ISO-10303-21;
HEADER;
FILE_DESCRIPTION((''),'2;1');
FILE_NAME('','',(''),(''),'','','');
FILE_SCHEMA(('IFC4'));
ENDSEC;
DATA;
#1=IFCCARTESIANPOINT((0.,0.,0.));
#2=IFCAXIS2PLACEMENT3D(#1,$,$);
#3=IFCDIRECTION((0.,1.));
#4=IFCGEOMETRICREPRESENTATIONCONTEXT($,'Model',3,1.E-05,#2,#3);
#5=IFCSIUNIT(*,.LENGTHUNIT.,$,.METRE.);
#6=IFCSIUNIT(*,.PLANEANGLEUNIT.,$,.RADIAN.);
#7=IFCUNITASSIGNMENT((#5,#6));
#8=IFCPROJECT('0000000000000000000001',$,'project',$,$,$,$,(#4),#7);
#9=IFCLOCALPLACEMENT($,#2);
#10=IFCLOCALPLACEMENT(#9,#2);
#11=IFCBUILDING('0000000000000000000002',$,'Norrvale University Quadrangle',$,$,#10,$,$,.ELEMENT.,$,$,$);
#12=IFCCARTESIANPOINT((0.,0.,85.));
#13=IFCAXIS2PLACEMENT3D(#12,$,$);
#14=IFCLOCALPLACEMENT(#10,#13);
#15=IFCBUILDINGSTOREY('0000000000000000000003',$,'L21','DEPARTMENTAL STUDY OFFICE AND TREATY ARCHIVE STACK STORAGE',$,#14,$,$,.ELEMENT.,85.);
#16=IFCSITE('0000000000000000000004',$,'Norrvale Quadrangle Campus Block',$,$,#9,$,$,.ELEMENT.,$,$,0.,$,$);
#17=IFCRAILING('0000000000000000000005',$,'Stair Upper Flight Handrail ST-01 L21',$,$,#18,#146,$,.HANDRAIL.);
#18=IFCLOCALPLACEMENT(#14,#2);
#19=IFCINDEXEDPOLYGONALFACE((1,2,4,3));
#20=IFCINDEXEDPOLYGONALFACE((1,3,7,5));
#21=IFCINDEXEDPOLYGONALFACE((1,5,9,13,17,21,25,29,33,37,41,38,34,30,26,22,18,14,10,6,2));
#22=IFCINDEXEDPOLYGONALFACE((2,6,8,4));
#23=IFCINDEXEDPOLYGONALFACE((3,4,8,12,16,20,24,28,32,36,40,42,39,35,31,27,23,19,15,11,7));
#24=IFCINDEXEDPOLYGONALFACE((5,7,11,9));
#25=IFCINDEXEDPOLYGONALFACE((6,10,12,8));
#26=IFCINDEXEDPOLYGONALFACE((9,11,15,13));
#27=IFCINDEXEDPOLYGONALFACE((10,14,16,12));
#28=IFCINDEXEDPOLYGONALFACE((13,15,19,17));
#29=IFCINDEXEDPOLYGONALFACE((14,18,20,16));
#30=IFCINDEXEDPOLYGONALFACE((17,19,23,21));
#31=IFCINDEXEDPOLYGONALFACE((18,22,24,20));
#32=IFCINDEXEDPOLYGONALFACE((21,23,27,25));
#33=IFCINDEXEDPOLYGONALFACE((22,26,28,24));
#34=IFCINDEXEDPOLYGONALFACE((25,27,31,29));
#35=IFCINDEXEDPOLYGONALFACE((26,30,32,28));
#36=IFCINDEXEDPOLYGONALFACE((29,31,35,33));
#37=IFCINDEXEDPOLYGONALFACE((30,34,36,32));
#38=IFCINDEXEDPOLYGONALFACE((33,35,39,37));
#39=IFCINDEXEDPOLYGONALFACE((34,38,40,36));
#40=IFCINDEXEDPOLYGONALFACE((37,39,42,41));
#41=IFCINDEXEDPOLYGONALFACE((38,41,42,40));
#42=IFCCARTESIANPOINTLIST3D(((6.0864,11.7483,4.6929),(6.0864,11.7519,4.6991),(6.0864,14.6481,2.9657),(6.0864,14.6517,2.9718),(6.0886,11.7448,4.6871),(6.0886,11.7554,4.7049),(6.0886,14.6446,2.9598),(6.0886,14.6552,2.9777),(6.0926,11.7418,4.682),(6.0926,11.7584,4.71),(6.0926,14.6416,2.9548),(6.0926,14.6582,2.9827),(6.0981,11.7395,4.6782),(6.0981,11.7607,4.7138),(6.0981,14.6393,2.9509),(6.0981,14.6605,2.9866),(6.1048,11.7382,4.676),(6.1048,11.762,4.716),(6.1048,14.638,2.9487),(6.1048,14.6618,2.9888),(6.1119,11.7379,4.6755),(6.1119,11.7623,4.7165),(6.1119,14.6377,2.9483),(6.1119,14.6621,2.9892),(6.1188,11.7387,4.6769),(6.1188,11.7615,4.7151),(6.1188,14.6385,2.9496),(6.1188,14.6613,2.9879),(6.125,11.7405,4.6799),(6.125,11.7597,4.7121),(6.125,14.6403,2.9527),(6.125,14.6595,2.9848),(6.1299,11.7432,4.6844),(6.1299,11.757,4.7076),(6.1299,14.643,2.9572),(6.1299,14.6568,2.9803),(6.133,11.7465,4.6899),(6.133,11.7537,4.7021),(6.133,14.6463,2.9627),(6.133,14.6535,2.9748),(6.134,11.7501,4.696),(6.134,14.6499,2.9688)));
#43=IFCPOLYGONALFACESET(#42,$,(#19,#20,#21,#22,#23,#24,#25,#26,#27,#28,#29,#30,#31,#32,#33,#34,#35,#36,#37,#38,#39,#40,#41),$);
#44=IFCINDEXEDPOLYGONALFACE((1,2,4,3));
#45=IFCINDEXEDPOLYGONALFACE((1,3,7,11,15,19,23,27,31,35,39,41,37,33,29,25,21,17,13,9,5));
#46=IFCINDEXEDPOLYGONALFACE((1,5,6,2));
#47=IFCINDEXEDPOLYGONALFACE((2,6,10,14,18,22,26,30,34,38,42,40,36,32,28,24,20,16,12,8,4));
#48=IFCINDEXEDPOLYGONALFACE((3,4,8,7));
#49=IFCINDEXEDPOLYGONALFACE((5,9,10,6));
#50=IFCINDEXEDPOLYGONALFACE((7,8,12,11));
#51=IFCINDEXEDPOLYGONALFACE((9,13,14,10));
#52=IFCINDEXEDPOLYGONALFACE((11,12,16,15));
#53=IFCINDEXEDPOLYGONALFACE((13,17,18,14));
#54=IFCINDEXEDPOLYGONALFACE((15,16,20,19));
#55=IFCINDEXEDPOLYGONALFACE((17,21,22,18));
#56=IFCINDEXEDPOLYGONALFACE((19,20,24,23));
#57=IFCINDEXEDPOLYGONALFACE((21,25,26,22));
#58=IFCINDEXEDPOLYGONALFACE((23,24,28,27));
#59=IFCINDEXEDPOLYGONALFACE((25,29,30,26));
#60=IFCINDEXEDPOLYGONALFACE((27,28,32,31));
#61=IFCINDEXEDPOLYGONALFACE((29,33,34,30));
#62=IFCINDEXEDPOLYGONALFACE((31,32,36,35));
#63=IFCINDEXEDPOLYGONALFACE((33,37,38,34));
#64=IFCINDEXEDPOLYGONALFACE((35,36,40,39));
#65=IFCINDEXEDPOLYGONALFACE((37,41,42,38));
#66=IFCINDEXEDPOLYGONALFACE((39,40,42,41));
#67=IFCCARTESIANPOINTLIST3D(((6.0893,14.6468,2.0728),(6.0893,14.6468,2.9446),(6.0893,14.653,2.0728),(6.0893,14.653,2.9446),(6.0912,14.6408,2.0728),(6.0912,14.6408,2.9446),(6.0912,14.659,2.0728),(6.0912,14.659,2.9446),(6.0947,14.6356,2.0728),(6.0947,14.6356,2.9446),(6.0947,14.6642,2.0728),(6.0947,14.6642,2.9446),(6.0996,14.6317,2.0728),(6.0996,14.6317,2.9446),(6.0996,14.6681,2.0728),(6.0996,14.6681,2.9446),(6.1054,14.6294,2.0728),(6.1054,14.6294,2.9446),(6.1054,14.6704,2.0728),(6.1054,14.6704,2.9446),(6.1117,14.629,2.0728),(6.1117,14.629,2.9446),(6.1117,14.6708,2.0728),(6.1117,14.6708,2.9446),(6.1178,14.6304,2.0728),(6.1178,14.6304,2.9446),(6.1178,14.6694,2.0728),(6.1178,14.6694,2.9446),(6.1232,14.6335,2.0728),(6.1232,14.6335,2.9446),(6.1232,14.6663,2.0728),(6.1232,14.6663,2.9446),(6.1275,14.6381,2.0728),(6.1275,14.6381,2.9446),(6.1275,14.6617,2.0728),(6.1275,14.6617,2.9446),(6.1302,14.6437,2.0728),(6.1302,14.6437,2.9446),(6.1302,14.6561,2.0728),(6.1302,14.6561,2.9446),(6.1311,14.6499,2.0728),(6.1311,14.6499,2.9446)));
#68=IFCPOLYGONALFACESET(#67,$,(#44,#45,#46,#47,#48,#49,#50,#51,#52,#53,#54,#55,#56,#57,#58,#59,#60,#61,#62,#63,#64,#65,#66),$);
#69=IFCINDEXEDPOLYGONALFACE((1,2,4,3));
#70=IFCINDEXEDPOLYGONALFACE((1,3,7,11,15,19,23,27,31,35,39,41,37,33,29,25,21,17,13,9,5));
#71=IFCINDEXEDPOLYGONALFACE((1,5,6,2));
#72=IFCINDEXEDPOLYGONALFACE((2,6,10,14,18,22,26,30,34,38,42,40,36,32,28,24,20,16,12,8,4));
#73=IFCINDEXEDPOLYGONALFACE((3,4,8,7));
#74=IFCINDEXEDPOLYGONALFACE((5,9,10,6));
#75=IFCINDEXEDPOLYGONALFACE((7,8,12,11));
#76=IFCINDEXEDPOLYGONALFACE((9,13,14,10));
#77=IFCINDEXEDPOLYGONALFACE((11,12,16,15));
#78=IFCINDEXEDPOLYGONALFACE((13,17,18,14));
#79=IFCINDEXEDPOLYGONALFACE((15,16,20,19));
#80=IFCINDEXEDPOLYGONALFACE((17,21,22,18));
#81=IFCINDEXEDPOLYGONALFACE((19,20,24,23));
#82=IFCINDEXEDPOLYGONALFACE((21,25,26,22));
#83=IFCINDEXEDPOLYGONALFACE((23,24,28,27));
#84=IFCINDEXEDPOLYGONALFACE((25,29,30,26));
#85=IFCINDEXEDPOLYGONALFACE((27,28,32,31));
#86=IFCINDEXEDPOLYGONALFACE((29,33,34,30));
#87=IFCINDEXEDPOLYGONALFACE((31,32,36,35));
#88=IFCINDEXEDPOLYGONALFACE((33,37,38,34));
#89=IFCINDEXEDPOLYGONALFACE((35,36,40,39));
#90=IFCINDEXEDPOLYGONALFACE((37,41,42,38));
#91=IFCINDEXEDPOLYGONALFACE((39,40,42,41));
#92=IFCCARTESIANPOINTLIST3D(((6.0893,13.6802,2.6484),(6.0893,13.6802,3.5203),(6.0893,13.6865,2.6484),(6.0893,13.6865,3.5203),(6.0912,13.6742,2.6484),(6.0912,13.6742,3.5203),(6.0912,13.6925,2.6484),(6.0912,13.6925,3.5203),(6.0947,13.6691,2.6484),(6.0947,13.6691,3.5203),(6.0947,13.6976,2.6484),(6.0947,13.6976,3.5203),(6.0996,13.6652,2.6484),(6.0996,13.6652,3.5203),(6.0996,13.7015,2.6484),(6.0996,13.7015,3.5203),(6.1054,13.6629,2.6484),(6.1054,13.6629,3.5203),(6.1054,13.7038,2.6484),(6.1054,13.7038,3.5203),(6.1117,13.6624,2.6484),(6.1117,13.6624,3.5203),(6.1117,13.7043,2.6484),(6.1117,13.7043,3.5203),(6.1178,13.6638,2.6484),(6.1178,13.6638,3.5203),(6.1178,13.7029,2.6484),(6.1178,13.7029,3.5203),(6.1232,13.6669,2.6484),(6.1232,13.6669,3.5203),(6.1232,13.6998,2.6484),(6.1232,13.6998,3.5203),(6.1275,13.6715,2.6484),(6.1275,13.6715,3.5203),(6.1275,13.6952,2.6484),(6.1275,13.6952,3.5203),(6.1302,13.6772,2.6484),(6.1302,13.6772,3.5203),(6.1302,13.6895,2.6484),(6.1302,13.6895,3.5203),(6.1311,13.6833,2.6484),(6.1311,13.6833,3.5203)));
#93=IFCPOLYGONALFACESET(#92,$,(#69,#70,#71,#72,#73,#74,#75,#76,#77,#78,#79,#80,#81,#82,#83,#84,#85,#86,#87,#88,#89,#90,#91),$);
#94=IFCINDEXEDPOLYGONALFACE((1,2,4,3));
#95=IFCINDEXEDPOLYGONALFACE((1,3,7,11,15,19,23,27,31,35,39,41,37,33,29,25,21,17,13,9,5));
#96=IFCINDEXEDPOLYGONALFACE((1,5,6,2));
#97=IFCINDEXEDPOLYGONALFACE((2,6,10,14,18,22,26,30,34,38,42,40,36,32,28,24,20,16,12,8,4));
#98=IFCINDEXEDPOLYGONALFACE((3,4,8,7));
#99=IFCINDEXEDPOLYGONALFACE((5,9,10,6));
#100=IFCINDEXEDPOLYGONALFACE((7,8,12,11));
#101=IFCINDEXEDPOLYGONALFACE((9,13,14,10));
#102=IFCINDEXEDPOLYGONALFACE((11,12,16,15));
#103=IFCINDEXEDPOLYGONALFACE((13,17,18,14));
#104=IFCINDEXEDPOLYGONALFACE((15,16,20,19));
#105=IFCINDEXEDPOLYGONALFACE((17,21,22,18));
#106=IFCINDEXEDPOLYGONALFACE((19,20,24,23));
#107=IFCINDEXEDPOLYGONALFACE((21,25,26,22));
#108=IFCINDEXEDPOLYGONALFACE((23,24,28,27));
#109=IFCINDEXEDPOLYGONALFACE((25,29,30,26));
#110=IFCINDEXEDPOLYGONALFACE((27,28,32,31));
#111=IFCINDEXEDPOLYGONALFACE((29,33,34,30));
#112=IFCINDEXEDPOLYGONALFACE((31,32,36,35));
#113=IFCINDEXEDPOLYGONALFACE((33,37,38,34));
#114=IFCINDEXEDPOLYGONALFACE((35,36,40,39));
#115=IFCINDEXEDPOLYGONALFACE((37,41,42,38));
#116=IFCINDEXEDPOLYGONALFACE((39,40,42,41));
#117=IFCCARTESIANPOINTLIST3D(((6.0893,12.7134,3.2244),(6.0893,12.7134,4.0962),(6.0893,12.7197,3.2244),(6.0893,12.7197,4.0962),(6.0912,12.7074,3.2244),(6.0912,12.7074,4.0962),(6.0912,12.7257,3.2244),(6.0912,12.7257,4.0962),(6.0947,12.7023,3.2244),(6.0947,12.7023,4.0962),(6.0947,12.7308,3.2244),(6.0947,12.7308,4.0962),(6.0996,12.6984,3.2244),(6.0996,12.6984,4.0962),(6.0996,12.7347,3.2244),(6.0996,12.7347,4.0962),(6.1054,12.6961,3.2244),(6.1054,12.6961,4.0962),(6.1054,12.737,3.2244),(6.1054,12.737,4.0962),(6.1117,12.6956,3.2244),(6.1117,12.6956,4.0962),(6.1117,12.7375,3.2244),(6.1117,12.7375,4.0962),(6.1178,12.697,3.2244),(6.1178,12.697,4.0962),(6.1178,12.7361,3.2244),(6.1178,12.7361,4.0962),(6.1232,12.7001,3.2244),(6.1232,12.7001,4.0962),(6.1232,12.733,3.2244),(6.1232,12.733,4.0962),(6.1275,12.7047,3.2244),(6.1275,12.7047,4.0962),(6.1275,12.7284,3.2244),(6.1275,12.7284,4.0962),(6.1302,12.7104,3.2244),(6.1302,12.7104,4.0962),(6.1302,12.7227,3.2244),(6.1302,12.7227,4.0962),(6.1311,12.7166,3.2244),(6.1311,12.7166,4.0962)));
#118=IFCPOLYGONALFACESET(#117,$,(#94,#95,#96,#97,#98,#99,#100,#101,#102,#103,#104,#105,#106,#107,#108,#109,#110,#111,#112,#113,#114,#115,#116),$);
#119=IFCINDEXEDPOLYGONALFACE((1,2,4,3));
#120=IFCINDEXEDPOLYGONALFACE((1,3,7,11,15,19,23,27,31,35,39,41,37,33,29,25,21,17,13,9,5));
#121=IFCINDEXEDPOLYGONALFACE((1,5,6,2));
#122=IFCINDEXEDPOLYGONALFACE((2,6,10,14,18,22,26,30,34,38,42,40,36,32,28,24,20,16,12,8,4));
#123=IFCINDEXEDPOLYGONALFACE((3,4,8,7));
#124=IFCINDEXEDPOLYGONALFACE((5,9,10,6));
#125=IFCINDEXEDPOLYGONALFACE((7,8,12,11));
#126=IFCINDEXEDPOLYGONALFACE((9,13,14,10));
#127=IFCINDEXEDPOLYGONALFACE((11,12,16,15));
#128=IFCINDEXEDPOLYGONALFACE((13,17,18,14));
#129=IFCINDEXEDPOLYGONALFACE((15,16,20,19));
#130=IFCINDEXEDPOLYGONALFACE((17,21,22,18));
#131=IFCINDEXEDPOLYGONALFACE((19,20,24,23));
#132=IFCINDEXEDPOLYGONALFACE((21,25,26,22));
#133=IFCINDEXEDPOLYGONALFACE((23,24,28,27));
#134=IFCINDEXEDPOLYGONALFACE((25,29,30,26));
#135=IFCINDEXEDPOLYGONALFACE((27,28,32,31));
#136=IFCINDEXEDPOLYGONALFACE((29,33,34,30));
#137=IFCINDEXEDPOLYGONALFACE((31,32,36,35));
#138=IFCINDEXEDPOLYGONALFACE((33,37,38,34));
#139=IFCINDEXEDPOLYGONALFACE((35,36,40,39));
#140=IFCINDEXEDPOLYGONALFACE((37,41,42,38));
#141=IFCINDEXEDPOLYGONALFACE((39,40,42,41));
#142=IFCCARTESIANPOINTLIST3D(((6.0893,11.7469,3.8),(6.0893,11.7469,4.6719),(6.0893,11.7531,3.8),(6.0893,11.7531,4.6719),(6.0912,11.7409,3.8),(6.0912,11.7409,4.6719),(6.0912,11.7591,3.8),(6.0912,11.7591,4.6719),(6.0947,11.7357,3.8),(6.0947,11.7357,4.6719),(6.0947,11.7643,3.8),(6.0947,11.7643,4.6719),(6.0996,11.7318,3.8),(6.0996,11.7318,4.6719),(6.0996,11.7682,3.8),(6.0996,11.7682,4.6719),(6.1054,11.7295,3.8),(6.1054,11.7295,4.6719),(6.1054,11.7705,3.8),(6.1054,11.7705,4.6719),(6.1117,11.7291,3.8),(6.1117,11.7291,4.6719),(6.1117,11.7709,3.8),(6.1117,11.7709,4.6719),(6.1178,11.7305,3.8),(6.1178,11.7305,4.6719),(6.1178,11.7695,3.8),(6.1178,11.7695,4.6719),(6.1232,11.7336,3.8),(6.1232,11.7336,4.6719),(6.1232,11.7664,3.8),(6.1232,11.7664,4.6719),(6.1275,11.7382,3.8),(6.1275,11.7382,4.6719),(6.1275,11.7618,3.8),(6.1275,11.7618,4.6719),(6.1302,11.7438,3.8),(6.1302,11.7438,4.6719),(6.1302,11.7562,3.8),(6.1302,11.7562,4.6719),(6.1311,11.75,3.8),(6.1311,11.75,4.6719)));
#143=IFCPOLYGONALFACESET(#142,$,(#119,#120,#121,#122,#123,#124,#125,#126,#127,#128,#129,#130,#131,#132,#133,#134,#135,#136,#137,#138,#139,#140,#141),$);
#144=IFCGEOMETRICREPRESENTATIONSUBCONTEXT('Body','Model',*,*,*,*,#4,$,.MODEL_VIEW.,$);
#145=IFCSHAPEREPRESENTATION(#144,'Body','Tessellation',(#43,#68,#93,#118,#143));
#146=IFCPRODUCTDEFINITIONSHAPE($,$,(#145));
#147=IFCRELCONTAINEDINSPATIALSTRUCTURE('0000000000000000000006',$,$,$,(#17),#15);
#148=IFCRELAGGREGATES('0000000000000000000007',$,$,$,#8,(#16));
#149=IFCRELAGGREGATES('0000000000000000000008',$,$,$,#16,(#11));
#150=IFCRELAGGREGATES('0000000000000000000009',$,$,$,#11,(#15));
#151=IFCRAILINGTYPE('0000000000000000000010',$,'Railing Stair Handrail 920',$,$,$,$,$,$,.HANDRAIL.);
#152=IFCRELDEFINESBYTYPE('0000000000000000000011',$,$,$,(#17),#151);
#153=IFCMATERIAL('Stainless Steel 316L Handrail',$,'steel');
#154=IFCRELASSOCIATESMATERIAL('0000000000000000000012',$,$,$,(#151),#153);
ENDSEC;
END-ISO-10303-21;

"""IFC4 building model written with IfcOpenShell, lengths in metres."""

from ifc_helpers import new_model, si_unit, direction, frame, origin, origin_2d, place, context, subcontext, project, spatial, circle, extrude, material, type_object, element, save


model = new_model("IFC4")

# Units and contexts
model_context = context("Model", 3, precision=1e-05, world=origin(), true_north=direction((0.0, 1.0)))
body_context = subcontext(model_context, "Body", "Model", "MODEL_VIEW")
ifc_project = project(units=[si_unit("LENGTHUNIT", "METRE"), si_unit("PLANEANGLEUNIT", "RADIAN")], contexts=[model_context])

# Site, building, storey
site_placement = place(None, origin())
site = spatial("IfcSite", under=ifc_project, at=site_placement, Name="Norrvale Quadrangle Campus Block", CompositionType="ELEMENT", RefElevation=0.0)
building_placement = place(site_placement, origin())
building = spatial("IfcBuilding", under=site, at=building_placement, Name="Norrvale University Quadrangle", CompositionType="ELEMENT")
storey_placement = place(building_placement, frame((0.0, 0.0, 85.0)))
storey = spatial("IfcBuildingStorey", under=building, at=storey_placement, Name="L21", Description="DEPARTMENTAL STUDY OFFICE AND TREATY ARCHIVE STACK STORAGE", CompositionType="ELEMENT", Elevation=85.0)

# Railing
ifc_material_1 = material(Name="Stainless Steel 316L Handrail", Category="steel")
railing_type_1 = type_object("IfcRailingType", Name="Railing Stair Handrail 920", PredefinedType="HANDRAIL", material=ifc_material_1)
railing_1_placement = place(storey_placement, frame((6.1101, 14.6499, 2.0728)))
element("IfcRailing", 1, at=railing_1_placement, inside=storey, type_object=railing_type_1, Name="Stair Upper Flight Handrail ST-01 L21", PredefinedType="HANDRAIL", context=body_context, shape_type="SweptSolid", body=[
    extrude(circle(Radius=0.0239, at=origin_2d()), frame((0.0, 0.0, 0.896), z_axis=(0.0, -0.859141, 0.511738), x_axis=(1.0, 0.0, 0.0)), (0.0, 0.0, 1.0), 3.3752),
    extrude(circle(Radius=0.021, at=origin_2d()), origin(), (0.0, 0.0, 1.0), 0.8718),
    extrude(circle(Radius=0.021, at=origin_2d()), frame((0.0, -0.9666, 0.5757)), (0.0, 0.0, 1.0), 0.8718),
    extrude(circle(Radius=0.021, at=origin_2d()), frame((0.0, -1.9333, 1.1516)), (0.0, 0.0, 1.0), 0.8718),
    extrude(circle(Radius=0.021, at=origin_2d()), frame((0.0, -2.8999, 1.7273)), (0.0, 0.0, 1.0), 0.8718),
])

save(model, "model.ifc")
